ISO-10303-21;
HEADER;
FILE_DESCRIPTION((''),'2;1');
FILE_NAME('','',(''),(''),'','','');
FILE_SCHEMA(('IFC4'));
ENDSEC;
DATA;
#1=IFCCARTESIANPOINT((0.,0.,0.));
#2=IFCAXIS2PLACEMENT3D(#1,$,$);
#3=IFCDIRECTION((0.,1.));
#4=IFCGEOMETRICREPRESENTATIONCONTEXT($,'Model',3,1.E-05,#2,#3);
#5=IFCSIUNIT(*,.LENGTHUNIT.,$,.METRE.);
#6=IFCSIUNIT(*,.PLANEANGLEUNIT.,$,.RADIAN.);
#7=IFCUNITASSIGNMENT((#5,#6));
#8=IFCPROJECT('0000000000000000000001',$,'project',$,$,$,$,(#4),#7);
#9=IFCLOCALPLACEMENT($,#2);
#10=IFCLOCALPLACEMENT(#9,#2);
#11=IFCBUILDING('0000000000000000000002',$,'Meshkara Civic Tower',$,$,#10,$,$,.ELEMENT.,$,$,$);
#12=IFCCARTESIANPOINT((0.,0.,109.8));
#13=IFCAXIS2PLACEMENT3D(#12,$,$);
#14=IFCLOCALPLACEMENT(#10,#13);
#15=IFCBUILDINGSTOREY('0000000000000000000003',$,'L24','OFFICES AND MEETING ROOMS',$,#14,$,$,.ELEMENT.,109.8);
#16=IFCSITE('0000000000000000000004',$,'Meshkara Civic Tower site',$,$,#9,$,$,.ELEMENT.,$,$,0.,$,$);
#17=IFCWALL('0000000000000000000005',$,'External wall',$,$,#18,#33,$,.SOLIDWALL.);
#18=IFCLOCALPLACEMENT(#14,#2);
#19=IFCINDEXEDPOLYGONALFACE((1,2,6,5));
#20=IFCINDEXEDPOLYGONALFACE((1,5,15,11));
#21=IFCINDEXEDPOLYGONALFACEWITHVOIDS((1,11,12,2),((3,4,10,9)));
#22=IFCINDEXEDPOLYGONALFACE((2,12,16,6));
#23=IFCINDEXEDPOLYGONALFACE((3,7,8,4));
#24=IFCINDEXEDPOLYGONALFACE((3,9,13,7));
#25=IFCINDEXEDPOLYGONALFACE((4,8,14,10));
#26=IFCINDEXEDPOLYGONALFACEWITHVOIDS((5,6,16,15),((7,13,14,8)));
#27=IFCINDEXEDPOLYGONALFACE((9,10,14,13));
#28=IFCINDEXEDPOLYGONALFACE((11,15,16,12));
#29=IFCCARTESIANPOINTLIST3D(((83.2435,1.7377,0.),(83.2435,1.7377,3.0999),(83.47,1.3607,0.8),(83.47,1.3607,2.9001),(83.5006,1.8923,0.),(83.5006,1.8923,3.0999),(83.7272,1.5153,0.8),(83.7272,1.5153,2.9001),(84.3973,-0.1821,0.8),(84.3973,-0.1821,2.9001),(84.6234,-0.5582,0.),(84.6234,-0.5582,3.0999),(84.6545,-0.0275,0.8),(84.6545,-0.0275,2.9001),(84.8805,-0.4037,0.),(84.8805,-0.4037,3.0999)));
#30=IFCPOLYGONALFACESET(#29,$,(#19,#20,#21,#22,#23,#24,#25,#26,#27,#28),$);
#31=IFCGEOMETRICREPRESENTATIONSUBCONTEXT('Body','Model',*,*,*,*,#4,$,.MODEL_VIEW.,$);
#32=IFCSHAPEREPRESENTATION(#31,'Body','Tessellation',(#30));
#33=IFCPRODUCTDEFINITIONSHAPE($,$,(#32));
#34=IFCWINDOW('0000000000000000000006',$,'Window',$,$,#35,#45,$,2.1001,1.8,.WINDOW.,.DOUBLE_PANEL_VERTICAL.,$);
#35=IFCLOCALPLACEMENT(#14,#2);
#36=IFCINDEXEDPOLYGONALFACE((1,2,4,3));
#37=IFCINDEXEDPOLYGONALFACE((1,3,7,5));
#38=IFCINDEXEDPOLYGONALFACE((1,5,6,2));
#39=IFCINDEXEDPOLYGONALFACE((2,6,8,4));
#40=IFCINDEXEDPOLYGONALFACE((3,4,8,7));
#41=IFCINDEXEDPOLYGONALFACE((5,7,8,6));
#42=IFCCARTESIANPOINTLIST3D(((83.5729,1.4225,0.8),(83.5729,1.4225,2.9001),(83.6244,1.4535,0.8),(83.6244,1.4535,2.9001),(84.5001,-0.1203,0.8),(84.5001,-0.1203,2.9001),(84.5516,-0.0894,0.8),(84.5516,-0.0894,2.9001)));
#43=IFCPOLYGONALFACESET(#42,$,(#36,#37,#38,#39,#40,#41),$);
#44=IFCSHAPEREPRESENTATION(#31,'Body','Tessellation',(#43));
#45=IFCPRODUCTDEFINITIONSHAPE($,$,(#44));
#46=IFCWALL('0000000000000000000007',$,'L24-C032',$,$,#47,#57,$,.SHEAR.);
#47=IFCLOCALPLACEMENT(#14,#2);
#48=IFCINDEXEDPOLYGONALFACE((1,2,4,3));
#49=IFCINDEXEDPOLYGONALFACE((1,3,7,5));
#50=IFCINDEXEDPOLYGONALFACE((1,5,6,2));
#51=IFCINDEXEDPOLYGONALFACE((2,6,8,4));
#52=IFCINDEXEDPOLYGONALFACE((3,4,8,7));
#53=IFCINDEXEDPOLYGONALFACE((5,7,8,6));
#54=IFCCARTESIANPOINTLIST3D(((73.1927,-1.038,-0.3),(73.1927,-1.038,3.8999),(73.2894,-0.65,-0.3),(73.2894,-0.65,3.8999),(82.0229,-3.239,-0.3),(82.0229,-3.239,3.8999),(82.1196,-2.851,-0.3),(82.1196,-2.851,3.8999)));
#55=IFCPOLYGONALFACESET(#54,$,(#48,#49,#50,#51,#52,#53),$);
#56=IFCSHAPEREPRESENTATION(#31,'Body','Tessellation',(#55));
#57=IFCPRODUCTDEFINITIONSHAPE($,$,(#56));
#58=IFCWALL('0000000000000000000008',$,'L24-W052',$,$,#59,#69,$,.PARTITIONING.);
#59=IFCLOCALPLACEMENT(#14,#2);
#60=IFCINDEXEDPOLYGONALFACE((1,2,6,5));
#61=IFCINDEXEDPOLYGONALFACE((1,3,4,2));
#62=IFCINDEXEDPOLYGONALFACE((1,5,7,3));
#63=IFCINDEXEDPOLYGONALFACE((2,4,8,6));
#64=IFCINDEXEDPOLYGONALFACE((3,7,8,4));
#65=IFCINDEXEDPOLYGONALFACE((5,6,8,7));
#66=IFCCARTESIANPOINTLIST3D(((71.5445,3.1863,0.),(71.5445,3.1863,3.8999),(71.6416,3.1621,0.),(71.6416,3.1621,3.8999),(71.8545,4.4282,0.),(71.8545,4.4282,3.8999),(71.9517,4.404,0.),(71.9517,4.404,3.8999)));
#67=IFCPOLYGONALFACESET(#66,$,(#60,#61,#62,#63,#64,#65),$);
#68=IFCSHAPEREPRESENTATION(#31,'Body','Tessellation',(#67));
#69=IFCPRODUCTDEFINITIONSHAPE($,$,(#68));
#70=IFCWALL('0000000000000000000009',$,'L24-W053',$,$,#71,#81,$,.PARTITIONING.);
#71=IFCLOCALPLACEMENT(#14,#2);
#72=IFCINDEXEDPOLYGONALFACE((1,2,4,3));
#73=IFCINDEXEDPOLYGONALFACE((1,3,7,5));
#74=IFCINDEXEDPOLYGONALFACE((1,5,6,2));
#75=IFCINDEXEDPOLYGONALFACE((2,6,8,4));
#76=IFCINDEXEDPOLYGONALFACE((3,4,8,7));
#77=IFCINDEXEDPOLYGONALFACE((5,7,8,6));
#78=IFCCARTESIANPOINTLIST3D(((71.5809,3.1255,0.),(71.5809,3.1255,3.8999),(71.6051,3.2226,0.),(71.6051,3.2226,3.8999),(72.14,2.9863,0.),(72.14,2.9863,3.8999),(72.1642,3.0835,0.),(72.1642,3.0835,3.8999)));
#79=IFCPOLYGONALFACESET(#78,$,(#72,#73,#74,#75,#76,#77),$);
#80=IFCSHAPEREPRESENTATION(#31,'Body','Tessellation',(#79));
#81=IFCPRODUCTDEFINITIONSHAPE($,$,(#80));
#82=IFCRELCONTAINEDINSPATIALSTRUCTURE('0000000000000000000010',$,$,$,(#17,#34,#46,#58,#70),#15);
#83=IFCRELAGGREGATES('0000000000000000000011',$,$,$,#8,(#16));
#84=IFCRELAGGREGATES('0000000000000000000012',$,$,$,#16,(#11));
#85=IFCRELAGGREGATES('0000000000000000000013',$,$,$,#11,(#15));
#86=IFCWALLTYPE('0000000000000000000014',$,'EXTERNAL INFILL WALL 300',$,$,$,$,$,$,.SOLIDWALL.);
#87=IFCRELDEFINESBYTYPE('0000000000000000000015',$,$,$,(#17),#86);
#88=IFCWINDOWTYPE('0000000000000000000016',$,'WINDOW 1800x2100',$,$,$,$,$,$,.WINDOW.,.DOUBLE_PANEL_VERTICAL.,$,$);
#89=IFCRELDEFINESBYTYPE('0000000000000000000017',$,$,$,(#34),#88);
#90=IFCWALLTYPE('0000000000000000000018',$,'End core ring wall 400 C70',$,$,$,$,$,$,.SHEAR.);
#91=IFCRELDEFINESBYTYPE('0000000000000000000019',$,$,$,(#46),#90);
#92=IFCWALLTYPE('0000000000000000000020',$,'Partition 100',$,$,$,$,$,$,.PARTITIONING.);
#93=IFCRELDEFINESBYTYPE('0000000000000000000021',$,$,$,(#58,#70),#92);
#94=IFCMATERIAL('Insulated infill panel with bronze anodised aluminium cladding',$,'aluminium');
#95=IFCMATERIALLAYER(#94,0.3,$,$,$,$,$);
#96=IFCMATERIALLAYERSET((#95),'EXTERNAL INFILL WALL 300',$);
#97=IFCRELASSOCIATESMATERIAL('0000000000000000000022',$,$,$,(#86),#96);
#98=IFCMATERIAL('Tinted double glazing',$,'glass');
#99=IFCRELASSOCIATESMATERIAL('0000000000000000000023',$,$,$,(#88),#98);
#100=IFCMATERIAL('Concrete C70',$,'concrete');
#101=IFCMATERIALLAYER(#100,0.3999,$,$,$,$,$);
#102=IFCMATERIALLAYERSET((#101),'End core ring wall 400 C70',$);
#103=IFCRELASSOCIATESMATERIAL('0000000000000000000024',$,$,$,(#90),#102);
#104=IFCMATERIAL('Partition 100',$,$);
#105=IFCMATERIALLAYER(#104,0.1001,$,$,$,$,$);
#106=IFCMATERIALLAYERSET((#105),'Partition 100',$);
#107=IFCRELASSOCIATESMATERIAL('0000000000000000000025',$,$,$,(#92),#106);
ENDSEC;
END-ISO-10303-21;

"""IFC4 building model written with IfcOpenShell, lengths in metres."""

from ifc_helpers import new_model, si_unit, direction, frame, frame_2d, origin, place, context, subcontext, project, spatial, rectangle, extrude, material, layer, layer_set, type_object, element, fill, save


model = new_model("IFC4")

# Units and contexts
model_context = context("Model", 3, precision=1e-05, world=origin(), true_north=direction((0.0, 1.0)))
body_context = subcontext(model_context, "Body", "Model", "MODEL_VIEW")
ifc_project = project(units=[si_unit("LENGTHUNIT", "METRE"), si_unit("PLANEANGLEUNIT", "RADIAN")], contexts=[model_context])

# Site, building, storey
site_placement = place(None, origin())
site = spatial("IfcSite", under=ifc_project, at=site_placement, Name="Meshkara Civic Tower site", CompositionType="ELEMENT", RefElevation=0.0)
building_placement = place(site_placement, origin())
building = spatial("IfcBuilding", under=site, at=building_placement, Name="Meshkara Civic Tower", CompositionType="ELEMENT")
storey_placement = place(building_placement, frame((0.0, 0.0, 109.8)))
storey = spatial("IfcBuildingStorey", under=building, at=storey_placement, Name="L24", Description="OFFICES AND MEETING ROOMS", CompositionType="ELEMENT", Elevation=109.8)

# Wall, opening, window
ifc_material_1 = material(Name="Insulated infill panel with bronze anodised aluminium cladding", Category="aluminium")
ifc_layer_1 = layer(ifc_material_1, 0.3)
ifc_layer_set_1 = layer_set([ifc_layer_1], Name="EXTERNAL INFILL WALL 300")
wall_type_1 = type_object("IfcWallType", Name="EXTERNAL INFILL WALL 300", PredefinedType="SOLIDWALL", material=ifc_layer_set_1)
ifc_material_2 = material(Name="Tinted double glazing", Category="glass")
window_type_1 = type_object("IfcWindowType", Name="WINDOW 1800x2100", PartitioningType="DOUBLE_PANEL_VERTICAL", PredefinedType="WINDOW", material=ifc_material_2)
wall_1_placement = place(storey_placement, frame((84.752, -0.481, 0.0), z_axis=(0.0, 0.0, 1.0), x_axis=(-0.515139, 0.857107, 0.0)))
wall_1 = element("IfcWall", 1, at=wall_1_placement, inside=storey, type_object=wall_type_1, Name="External wall", PredefinedType="SOLIDWALL", context=body_context, shape_type="SweptSolid", body=[
    extrude(rectangle(XDim=2.6787, YDim=0.3, at=frame_2d((1.3394, 0.0))), origin(), (0.0, 0.0, 1.0), 3.0999),
])
opening_1_placement = place(wall_1_placement, frame((0.439, 0.0, 0.8)))
opening_1 = element("IfcOpeningElement", 2, at=opening_1_placement, cuts=wall_1, PredefinedType="OPENING", context=body_context, shape_type="SweptSolid", body=[
    extrude(rectangle(XDim=1.8, YDim=2.1001, at=frame_2d((0.8999, 1.05))), frame((0.0, 0.1599, 0.0), z_axis=(0.0, -1.0, 0.0), x_axis=(1.0, 0.0, 0.0)), (0.0, 0.0, 1.0), 0.3201),
])
window_1_placement = place(opening_1_placement, origin())
window_1 = element("IfcWindow", 3, at=window_1_placement, inside=storey, type_object=window_type_1, Name="Window", OverallHeight=2.1001, OverallWidth=1.8, PartitioningType="DOUBLE_PANEL_VERTICAL", PredefinedType="WINDOW", context=body_context, shape_type="SweptSolid", body=[
    extrude(rectangle(XDim=1.8, YDim=2.1001, at=frame_2d((0.8999, 1.05))), frame((0.0, 0.03, 0.0), z_axis=(0.0, -1.0, 0.0), x_axis=(1.0, 0.0, 0.0)), (0.0, 0.0, 1.0), 0.0601),
])
fill(opening_1, window_1)

# Walls
ifc_material_3 = material(Name="Concrete C70", Category="concrete")
ifc_layer_2 = layer(ifc_material_3, 0.3999)
ifc_layer_set_2 = layer_set([ifc_layer_2], Name="End core ring wall 400 C70")
wall_type_2 = type_object("IfcWallType", Name="End core ring wall 400 C70", PredefinedType="SHEAR", material=ifc_layer_set_2)
wall_2_placement = place(storey_placement, frame((73.241, -0.844, -0.3), z_axis=(0.0, 0.0, 1.0), x_axis=(0.970313, -0.241854, 0.0)))
element("IfcWall", 4, at=wall_2_placement, inside=storey, type_object=wall_type_2, Name="L24-C032", PredefinedType="SHEAR", context=body_context, shape_type="SweptSolid", body=[
    extrude(rectangle(XDim=9.1003, YDim=0.3999, at=frame_2d((4.5503, 0.0))), origin(), (0.0, 0.0, 1.0), 4.2),
])
ifc_material_4 = material(Name="Partition 100")
ifc_layer_3 = layer(ifc_material_4, 0.1001)
ifc_layer_set_3 = layer_set([ifc_layer_3], Name="Partition 100")
wall_type_3 = type_object("IfcWallType", Name="Partition 100", PredefinedType="PARTITIONING", material=ifc_layer_set_3)
wall_3_placement = place(storey_placement, frame((71.593, 3.1741, 0.0), z_axis=(0.0, 0.0, 1.0), x_axis=(0.242221, 0.970221, 0.0)))
element("IfcWall", 5, at=wall_3_placement, inside=storey, type_object=wall_type_3, Name="L24-W052", PredefinedType="PARTITIONING", context=body_context, shape_type="SweptSolid", body=[
    extrude(rectangle(XDim=1.28, YDim=0.1001, at=frame_2d((0.6401, 0.0))), origin(), (0.0, 0.0, 1.0), 3.8999),
])
wall_4_placement = place(storey_placement, frame((72.1521, 3.0349, 0.0), z_axis=(0.0, 0.0, 1.0), x_axis=(-0.970391, 0.241538, 0.0)))
element("IfcWall", 6, at=wall_4_placement, inside=storey, type_object=wall_type_3, Name="L24-W053", PredefinedType="PARTITIONING", context=body_context, shape_type="SweptSolid", body=[
    extrude(rectangle(XDim=0.5762, YDim=0.1001, at=frame_2d((0.2881, 0.0))), origin(), (0.0, 0.0, 1.0), 3.8999),
])

save(model, "model.ifc")
